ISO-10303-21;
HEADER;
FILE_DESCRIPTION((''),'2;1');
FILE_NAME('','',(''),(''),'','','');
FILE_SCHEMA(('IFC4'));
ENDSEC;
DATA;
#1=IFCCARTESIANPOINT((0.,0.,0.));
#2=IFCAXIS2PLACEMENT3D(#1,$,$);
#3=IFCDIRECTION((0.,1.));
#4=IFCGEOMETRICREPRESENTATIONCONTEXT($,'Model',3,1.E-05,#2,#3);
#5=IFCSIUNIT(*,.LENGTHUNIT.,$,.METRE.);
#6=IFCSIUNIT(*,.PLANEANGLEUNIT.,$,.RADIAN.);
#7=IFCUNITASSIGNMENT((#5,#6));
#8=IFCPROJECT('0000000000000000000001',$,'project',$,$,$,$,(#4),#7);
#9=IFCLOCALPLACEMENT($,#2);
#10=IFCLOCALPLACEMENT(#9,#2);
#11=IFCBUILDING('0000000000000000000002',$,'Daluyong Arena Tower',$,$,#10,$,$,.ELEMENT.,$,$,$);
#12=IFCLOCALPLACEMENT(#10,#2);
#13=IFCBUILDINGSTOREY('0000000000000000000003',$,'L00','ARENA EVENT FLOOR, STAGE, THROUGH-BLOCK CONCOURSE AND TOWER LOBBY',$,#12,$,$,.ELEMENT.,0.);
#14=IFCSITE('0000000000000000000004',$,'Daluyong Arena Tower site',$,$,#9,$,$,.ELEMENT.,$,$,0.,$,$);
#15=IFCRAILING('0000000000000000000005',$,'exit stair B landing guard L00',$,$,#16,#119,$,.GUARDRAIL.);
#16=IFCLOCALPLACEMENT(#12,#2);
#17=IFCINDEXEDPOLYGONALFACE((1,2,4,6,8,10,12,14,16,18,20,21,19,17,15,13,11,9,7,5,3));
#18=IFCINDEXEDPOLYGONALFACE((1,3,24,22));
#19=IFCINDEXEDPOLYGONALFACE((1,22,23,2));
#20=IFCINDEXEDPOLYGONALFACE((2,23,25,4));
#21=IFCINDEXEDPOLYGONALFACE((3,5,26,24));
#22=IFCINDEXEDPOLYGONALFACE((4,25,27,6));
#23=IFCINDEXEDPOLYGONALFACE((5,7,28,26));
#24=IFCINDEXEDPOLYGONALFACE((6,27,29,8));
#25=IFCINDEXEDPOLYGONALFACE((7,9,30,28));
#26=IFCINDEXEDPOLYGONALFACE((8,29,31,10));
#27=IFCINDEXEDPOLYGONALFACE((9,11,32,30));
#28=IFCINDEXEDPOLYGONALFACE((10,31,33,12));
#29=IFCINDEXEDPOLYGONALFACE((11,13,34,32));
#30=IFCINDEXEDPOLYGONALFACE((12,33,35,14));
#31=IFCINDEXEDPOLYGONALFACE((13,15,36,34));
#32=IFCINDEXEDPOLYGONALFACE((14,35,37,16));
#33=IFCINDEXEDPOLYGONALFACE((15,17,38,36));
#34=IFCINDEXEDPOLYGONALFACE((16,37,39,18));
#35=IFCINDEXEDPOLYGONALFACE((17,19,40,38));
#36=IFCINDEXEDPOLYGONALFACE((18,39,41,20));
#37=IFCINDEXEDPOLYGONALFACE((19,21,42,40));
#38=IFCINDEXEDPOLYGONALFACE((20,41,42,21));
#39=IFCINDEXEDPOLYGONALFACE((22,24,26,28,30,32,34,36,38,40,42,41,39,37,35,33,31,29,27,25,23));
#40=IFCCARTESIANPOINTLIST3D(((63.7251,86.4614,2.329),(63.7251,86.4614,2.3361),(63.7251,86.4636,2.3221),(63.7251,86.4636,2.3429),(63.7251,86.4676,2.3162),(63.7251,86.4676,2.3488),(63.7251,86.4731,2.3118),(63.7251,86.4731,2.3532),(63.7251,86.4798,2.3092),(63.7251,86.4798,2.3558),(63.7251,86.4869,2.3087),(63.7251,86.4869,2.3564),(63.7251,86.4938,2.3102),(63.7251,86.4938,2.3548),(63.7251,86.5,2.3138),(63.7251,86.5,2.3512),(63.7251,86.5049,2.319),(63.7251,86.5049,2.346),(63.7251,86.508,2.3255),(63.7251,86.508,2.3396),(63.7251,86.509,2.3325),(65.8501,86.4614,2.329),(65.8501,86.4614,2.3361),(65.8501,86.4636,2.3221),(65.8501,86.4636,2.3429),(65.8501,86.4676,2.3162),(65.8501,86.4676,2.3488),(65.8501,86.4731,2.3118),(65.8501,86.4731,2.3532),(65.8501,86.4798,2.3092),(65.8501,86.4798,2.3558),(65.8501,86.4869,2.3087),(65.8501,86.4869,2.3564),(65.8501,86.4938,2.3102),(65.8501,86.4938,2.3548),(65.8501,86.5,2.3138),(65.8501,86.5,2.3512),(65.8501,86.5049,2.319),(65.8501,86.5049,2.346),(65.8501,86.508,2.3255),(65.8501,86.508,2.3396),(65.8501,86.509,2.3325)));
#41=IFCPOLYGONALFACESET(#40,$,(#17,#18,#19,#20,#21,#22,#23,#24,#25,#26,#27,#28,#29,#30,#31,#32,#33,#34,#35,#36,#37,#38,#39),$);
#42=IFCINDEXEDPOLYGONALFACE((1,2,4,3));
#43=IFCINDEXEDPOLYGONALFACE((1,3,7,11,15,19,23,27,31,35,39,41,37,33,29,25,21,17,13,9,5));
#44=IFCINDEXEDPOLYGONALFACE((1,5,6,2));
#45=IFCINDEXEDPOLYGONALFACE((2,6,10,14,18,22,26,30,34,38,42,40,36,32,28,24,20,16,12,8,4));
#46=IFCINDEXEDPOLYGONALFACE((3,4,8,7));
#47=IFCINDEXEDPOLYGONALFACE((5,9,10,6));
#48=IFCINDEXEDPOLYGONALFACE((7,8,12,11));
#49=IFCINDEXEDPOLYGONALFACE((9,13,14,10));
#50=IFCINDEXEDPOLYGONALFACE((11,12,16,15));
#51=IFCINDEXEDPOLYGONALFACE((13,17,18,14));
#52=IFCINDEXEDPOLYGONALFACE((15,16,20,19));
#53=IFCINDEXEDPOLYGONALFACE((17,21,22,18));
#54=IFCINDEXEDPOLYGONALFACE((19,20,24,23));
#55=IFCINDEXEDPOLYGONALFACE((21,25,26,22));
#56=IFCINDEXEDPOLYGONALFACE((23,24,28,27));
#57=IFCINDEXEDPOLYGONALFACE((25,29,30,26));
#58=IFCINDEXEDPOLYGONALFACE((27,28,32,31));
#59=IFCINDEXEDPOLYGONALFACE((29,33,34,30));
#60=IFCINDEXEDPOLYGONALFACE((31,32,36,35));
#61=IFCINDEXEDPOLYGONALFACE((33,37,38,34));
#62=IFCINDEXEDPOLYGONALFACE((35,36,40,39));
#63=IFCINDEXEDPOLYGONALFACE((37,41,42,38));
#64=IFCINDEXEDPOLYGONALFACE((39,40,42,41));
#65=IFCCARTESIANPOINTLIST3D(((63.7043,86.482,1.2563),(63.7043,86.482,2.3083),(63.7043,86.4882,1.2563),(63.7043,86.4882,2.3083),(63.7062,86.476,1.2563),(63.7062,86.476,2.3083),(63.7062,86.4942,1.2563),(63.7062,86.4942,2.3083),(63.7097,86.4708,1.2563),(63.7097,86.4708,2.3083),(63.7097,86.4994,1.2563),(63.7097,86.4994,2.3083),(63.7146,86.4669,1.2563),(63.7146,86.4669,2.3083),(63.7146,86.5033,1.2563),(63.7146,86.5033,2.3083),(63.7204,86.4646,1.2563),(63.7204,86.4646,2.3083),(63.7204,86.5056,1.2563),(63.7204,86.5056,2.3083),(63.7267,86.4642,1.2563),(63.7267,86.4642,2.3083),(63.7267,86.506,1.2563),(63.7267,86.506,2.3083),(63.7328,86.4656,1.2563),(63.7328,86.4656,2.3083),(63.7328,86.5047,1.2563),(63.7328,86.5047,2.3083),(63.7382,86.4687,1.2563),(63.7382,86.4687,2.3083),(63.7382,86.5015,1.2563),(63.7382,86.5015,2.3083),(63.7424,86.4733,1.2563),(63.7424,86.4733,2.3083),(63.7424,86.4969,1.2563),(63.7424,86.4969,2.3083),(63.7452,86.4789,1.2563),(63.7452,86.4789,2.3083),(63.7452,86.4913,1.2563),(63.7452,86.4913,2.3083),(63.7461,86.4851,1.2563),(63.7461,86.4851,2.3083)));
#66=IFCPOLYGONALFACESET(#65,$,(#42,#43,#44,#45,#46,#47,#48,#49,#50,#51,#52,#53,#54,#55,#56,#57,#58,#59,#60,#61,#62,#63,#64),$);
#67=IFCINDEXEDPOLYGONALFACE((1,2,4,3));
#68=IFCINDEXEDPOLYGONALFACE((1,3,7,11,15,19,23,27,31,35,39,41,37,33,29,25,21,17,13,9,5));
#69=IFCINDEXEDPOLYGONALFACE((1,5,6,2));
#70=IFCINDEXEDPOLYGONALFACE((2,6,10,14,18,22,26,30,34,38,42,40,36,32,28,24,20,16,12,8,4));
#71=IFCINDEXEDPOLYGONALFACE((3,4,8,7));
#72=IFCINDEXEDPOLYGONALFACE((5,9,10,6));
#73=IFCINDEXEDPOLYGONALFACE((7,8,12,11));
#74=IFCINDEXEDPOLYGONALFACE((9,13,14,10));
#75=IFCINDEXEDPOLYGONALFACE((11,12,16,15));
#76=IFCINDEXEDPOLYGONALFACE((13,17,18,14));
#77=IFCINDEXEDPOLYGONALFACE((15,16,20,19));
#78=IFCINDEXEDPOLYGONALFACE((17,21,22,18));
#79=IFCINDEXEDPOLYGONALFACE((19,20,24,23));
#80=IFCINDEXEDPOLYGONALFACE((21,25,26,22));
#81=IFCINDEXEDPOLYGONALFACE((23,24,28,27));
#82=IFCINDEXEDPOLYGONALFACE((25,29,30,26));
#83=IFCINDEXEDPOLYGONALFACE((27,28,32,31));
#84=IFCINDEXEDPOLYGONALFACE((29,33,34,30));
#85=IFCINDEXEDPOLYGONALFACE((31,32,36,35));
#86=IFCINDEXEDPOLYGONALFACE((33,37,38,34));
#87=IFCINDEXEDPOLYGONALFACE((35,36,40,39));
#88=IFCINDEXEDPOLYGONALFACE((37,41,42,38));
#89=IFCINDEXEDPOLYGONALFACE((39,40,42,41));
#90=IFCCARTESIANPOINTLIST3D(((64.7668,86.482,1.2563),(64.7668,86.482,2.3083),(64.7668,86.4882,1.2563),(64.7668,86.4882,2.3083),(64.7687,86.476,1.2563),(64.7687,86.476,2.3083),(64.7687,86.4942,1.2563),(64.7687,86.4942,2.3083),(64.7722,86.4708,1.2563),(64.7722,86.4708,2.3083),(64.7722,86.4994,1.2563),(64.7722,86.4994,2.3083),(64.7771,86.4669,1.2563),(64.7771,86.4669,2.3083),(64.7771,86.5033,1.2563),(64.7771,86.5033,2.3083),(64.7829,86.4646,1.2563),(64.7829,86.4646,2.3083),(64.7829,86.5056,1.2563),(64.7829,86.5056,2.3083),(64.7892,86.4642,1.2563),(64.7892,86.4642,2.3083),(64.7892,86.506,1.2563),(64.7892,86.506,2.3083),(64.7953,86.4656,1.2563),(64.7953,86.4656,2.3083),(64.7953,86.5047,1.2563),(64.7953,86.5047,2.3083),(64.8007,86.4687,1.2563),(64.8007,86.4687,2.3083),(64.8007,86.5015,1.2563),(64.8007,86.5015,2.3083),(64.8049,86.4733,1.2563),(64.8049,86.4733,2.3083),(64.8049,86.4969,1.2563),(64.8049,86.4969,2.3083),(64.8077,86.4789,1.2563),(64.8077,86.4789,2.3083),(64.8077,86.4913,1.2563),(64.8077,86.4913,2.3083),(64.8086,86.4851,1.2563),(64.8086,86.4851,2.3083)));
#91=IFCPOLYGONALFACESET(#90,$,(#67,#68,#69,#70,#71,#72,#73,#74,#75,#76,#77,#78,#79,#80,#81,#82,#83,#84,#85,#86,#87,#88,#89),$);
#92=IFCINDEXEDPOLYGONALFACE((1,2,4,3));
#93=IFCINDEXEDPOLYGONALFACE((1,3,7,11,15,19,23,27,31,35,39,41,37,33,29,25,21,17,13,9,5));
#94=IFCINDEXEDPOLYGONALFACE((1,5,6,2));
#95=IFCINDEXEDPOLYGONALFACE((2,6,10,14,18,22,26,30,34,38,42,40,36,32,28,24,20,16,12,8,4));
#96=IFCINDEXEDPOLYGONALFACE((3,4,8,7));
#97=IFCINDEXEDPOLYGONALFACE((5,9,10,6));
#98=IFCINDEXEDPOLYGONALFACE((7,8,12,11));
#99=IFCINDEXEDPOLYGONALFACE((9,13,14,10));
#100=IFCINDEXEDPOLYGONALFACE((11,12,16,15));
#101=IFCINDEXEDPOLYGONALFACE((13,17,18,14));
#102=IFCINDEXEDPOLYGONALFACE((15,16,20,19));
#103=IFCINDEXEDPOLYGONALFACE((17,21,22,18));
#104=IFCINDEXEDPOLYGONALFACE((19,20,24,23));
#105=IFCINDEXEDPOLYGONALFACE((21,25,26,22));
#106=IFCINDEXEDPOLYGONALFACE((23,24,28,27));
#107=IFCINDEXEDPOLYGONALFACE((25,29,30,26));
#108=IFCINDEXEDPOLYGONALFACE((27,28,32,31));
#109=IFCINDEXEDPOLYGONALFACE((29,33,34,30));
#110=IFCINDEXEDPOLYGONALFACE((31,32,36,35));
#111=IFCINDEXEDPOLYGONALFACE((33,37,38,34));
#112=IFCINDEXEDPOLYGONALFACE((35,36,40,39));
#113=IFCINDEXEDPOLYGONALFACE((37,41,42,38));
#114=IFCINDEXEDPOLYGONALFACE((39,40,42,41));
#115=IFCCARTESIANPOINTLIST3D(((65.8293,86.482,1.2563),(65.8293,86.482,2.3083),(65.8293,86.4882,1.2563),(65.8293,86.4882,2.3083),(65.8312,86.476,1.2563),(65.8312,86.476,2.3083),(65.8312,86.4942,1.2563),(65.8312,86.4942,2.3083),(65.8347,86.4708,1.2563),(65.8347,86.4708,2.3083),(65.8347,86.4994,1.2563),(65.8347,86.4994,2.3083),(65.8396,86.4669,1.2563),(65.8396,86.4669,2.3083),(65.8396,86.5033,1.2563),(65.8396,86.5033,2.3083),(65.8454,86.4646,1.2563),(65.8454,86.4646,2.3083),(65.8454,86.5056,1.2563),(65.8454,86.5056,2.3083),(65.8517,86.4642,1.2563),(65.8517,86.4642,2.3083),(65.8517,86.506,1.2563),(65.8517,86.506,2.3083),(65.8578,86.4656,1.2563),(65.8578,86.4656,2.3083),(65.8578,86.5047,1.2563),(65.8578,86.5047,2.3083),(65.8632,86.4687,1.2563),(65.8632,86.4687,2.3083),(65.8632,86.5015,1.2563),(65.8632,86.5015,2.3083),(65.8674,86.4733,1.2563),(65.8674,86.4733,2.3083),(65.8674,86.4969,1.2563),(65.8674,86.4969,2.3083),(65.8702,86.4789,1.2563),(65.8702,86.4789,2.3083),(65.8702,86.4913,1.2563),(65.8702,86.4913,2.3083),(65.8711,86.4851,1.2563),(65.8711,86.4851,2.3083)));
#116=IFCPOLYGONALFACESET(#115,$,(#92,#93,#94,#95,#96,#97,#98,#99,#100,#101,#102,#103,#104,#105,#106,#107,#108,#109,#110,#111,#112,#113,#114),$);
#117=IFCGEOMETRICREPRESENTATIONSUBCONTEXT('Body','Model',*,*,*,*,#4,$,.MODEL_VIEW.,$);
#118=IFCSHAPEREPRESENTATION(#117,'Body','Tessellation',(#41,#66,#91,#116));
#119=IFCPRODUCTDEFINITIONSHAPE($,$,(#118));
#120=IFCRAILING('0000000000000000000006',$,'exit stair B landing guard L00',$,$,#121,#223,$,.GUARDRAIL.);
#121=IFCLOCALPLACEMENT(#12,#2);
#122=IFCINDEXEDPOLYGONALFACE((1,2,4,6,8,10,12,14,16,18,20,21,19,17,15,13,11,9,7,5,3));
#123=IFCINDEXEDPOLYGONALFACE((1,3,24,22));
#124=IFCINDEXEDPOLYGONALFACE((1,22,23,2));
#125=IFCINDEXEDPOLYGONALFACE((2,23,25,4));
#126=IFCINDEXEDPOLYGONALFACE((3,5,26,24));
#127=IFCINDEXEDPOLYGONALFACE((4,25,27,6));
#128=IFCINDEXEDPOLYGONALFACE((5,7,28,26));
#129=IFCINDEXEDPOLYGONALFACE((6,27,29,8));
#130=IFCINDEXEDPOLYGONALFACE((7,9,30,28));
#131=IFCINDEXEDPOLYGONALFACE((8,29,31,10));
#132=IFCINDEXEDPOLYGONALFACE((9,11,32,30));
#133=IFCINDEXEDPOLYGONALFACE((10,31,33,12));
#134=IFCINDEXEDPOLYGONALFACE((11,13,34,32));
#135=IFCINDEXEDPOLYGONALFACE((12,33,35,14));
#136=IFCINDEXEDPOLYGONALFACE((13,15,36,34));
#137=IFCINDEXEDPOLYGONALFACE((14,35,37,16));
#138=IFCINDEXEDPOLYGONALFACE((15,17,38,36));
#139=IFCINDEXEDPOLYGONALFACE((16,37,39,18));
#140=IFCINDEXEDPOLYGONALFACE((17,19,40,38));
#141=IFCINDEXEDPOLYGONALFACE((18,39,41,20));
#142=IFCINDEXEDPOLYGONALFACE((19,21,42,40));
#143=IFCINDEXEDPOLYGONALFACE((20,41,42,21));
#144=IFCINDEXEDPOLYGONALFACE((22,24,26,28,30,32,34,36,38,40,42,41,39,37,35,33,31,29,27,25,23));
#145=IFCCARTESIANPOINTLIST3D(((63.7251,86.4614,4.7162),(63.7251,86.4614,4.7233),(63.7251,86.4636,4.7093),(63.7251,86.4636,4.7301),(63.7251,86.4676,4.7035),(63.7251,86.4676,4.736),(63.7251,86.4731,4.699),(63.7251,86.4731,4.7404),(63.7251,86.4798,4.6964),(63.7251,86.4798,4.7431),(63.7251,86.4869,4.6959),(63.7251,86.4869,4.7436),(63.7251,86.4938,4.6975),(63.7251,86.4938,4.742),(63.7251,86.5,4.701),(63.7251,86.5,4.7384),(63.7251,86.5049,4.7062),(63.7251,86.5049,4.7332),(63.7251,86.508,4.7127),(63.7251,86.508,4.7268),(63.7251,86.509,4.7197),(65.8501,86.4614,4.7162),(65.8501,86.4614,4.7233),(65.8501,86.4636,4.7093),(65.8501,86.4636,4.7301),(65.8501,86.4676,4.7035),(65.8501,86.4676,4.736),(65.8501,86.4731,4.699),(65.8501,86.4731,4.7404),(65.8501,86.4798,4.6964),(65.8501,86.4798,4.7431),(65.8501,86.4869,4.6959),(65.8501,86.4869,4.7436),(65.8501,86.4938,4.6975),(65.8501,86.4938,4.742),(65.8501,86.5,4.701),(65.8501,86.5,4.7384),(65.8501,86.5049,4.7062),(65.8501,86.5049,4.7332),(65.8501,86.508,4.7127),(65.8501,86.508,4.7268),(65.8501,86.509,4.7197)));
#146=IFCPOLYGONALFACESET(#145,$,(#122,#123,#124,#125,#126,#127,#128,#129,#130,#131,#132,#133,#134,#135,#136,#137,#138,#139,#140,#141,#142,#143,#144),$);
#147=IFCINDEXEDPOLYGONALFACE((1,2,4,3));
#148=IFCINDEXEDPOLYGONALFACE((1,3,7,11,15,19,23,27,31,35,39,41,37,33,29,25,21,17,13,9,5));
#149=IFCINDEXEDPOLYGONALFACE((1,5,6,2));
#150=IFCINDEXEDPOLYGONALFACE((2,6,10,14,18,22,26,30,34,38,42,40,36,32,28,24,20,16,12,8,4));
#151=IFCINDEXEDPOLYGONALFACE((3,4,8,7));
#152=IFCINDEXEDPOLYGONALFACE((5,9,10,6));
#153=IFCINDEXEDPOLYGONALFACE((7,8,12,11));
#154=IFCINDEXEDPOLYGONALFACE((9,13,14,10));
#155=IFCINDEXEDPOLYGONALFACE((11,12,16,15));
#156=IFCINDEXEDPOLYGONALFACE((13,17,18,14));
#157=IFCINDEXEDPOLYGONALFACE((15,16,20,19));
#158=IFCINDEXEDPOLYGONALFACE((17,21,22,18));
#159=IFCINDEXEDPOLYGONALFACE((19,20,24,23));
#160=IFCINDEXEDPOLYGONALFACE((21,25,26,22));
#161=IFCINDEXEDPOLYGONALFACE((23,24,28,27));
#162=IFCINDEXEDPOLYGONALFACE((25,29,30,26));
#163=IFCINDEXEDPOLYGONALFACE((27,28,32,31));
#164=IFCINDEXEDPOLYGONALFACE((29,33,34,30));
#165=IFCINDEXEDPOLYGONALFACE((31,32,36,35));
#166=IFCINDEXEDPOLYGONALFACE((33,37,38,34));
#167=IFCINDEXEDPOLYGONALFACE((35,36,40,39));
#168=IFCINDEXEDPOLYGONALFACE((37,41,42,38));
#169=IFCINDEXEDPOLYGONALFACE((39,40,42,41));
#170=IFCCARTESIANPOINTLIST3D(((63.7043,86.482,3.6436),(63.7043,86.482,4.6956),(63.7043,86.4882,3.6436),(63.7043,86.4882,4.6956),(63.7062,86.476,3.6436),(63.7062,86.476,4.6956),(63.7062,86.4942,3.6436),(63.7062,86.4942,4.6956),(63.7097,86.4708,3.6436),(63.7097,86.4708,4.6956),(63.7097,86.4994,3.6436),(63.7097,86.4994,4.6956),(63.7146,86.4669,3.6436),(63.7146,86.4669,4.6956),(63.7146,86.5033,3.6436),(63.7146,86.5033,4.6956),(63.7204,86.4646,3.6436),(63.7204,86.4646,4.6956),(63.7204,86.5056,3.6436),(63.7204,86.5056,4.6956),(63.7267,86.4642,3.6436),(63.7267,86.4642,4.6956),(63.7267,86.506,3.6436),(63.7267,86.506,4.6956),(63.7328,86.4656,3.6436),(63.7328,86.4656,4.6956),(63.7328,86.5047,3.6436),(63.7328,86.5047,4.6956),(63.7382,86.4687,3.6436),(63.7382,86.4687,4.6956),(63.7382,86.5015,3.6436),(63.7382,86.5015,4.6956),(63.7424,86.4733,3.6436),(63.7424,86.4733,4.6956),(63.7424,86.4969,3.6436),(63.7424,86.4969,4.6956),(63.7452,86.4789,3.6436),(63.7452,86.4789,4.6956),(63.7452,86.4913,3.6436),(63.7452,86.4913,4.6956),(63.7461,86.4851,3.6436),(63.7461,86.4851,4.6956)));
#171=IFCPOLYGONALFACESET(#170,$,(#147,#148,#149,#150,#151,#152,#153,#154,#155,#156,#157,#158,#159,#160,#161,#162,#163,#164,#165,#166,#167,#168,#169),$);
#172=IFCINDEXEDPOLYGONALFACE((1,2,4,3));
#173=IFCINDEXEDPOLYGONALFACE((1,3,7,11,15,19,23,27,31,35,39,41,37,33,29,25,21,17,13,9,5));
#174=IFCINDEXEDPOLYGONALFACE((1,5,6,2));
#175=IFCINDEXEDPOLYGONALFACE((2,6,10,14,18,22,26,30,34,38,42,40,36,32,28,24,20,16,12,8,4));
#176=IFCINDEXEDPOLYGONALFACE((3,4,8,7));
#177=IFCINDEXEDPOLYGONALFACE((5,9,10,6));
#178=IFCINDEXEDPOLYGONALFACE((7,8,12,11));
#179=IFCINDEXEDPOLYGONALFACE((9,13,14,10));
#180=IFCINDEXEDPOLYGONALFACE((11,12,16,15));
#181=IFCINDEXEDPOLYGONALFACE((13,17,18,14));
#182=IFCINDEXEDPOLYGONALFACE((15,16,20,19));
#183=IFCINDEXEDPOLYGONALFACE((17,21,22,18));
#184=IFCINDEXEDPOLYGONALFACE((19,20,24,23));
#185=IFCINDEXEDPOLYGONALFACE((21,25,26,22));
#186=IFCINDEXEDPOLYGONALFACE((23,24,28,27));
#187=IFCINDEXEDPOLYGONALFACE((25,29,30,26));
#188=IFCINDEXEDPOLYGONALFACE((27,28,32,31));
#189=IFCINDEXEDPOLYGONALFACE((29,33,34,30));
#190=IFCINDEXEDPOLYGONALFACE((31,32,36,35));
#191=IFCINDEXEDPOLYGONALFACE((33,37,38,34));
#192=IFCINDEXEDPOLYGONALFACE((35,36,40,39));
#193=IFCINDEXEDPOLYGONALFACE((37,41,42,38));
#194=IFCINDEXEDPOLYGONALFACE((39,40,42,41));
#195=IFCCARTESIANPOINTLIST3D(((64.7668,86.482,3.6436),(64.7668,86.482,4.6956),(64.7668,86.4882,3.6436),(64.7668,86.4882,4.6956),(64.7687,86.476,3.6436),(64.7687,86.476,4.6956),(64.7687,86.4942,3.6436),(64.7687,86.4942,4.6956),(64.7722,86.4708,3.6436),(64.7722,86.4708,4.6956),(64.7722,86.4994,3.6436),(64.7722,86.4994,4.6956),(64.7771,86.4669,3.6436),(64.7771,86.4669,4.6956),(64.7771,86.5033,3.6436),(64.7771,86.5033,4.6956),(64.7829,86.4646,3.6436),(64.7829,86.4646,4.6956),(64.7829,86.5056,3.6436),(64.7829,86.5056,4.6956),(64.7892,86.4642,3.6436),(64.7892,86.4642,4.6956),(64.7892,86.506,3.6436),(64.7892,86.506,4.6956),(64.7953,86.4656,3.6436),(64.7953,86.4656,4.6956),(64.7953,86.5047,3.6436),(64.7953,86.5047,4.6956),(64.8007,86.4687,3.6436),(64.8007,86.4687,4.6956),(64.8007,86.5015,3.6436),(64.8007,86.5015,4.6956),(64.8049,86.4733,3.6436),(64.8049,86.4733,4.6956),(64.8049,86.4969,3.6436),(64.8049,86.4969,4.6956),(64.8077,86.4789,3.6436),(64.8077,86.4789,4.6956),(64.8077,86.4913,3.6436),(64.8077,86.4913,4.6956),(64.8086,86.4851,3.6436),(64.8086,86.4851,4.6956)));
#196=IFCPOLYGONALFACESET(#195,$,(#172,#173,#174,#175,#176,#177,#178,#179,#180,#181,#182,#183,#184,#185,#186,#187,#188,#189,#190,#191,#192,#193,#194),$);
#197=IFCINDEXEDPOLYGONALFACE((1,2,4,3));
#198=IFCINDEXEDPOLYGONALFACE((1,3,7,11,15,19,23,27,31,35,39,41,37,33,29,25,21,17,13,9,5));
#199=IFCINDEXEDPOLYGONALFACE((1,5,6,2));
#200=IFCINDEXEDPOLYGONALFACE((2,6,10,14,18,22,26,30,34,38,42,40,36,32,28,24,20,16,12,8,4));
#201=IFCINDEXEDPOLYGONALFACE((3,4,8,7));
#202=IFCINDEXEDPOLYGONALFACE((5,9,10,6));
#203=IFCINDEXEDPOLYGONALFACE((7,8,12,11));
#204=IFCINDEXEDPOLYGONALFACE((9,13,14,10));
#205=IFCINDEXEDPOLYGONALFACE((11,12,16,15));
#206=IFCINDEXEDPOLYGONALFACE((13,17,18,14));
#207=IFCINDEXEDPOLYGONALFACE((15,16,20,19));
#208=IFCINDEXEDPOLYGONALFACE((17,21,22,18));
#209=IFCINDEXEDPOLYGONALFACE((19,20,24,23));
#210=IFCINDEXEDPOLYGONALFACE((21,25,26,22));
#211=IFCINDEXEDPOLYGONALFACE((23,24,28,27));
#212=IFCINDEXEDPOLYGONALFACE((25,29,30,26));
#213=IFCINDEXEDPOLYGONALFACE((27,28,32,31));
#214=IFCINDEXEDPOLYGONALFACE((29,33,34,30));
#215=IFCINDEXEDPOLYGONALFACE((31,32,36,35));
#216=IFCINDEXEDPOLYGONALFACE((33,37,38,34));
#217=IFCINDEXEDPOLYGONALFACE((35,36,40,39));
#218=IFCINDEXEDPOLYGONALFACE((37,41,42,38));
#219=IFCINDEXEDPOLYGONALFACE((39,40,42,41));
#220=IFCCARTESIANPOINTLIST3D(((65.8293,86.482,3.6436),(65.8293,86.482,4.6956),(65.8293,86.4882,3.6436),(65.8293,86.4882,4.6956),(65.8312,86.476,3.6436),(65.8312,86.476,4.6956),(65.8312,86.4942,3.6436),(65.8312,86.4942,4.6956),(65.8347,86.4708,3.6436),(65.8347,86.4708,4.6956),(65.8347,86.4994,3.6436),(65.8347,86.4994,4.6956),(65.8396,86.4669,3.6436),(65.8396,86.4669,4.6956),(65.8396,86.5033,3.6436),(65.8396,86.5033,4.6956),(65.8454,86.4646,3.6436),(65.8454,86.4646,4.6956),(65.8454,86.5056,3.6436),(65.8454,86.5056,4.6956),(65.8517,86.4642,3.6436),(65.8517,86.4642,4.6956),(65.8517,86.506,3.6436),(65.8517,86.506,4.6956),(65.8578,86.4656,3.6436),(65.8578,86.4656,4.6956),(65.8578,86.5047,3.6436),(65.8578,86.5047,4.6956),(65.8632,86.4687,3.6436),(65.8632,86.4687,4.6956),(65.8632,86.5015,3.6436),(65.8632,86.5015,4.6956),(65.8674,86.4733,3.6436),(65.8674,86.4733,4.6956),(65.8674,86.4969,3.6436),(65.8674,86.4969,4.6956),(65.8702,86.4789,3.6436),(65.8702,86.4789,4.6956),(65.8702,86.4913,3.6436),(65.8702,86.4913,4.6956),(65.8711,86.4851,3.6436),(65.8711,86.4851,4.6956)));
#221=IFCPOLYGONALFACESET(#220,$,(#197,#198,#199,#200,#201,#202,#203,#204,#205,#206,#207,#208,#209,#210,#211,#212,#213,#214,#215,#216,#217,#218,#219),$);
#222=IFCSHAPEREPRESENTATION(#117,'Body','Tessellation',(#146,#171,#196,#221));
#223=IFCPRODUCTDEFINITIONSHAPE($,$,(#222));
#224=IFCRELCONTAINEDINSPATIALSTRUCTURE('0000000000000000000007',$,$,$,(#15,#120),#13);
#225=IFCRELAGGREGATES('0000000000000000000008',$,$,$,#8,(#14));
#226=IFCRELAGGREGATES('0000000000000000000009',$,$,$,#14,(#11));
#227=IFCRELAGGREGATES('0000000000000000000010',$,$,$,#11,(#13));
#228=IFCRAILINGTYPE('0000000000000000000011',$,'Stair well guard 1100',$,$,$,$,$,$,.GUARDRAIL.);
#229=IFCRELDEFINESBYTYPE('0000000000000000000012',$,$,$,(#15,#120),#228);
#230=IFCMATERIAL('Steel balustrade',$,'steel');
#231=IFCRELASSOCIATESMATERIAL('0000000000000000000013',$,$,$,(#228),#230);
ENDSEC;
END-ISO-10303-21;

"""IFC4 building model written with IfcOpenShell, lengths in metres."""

from ifc_helpers import new_model, si_unit, direction, frame, origin, origin_2d, place, context, subcontext, project, spatial, circle, extrude, material, type_object, element, save


model = new_model("IFC4")

# Units and contexts
model_context = context("Model", 3, precision=1e-05, world=origin(), true_north=direction((0.0, 1.0)))
body_context = subcontext(model_context, "Body", "Model", "MODEL_VIEW")
ifc_project = project(units=[si_unit("LENGTHUNIT", "METRE"), si_unit("PLANEANGLEUNIT", "RADIAN")], contexts=[model_context])

# Site, building, storey
site_placement = place(None, origin())
site = spatial("IfcSite", under=ifc_project, at=site_placement, Name="Daluyong Arena Tower site", CompositionType="ELEMENT", RefElevation=0.0)
building_placement = place(site_placement, origin())
building = spatial("IfcBuilding", under=site, at=building_placement, Name="Daluyong Arena Tower", CompositionType="ELEMENT")
storey_placement = place(building_placement, origin())
storey = spatial("IfcBuildingStorey", under=building, at=storey_placement, Name="L00", Description="ARENA EVENT FLOOR, STAGE, THROUGH-BLOCK CONCOURSE AND TOWER LOBBY", CompositionType="ELEMENT", Elevation=0.0)

# Railings
ifc_material_1 = material(Name="Steel balustrade", Category="steel")
railing_type_1 = type_object("IfcRailingType", Name="Stair well guard 1100", PredefinedType="GUARDRAIL", material=ifc_material_1)
for number, where, name in (
    (1, (63.7251, 86.4851, 1.2563), "exit stair B landing guard L00"),
    (2, (63.7251, 86.4851, 3.6436), "exit stair B landing guard L00"),
):
    element("IfcRailing", number, at=place(storey_placement, frame(where)), inside=storey, type_object=railing_type_1, Name=name, PredefinedType="GUARDRAIL", context=body_context, shape_type="SweptSolid", body=[
        extrude(circle(Radius=0.0239, at=origin_2d()), frame((0.0, 0.0, 1.0762), z_axis=(1.0, 0.0, 0.0), x_axis=(0.0, 1.0, 0.0)), (0.0, 0.0, 1.0), 2.125),
        extrude(circle(Radius=0.021, at=origin_2d()), origin(), (0.0, 0.0, 1.0), 1.052),
        extrude(circle(Radius=0.021, at=origin_2d()), frame((1.0625, 0.0, 0.0)), (0.0, 0.0, 1.0), 1.052),
        extrude(circle(Radius=0.021, at=origin_2d()), frame((2.125, 0.0, 0.0)), (0.0, 0.0, 1.0), 1.052),
    ])

save(model, "model.ifc")
